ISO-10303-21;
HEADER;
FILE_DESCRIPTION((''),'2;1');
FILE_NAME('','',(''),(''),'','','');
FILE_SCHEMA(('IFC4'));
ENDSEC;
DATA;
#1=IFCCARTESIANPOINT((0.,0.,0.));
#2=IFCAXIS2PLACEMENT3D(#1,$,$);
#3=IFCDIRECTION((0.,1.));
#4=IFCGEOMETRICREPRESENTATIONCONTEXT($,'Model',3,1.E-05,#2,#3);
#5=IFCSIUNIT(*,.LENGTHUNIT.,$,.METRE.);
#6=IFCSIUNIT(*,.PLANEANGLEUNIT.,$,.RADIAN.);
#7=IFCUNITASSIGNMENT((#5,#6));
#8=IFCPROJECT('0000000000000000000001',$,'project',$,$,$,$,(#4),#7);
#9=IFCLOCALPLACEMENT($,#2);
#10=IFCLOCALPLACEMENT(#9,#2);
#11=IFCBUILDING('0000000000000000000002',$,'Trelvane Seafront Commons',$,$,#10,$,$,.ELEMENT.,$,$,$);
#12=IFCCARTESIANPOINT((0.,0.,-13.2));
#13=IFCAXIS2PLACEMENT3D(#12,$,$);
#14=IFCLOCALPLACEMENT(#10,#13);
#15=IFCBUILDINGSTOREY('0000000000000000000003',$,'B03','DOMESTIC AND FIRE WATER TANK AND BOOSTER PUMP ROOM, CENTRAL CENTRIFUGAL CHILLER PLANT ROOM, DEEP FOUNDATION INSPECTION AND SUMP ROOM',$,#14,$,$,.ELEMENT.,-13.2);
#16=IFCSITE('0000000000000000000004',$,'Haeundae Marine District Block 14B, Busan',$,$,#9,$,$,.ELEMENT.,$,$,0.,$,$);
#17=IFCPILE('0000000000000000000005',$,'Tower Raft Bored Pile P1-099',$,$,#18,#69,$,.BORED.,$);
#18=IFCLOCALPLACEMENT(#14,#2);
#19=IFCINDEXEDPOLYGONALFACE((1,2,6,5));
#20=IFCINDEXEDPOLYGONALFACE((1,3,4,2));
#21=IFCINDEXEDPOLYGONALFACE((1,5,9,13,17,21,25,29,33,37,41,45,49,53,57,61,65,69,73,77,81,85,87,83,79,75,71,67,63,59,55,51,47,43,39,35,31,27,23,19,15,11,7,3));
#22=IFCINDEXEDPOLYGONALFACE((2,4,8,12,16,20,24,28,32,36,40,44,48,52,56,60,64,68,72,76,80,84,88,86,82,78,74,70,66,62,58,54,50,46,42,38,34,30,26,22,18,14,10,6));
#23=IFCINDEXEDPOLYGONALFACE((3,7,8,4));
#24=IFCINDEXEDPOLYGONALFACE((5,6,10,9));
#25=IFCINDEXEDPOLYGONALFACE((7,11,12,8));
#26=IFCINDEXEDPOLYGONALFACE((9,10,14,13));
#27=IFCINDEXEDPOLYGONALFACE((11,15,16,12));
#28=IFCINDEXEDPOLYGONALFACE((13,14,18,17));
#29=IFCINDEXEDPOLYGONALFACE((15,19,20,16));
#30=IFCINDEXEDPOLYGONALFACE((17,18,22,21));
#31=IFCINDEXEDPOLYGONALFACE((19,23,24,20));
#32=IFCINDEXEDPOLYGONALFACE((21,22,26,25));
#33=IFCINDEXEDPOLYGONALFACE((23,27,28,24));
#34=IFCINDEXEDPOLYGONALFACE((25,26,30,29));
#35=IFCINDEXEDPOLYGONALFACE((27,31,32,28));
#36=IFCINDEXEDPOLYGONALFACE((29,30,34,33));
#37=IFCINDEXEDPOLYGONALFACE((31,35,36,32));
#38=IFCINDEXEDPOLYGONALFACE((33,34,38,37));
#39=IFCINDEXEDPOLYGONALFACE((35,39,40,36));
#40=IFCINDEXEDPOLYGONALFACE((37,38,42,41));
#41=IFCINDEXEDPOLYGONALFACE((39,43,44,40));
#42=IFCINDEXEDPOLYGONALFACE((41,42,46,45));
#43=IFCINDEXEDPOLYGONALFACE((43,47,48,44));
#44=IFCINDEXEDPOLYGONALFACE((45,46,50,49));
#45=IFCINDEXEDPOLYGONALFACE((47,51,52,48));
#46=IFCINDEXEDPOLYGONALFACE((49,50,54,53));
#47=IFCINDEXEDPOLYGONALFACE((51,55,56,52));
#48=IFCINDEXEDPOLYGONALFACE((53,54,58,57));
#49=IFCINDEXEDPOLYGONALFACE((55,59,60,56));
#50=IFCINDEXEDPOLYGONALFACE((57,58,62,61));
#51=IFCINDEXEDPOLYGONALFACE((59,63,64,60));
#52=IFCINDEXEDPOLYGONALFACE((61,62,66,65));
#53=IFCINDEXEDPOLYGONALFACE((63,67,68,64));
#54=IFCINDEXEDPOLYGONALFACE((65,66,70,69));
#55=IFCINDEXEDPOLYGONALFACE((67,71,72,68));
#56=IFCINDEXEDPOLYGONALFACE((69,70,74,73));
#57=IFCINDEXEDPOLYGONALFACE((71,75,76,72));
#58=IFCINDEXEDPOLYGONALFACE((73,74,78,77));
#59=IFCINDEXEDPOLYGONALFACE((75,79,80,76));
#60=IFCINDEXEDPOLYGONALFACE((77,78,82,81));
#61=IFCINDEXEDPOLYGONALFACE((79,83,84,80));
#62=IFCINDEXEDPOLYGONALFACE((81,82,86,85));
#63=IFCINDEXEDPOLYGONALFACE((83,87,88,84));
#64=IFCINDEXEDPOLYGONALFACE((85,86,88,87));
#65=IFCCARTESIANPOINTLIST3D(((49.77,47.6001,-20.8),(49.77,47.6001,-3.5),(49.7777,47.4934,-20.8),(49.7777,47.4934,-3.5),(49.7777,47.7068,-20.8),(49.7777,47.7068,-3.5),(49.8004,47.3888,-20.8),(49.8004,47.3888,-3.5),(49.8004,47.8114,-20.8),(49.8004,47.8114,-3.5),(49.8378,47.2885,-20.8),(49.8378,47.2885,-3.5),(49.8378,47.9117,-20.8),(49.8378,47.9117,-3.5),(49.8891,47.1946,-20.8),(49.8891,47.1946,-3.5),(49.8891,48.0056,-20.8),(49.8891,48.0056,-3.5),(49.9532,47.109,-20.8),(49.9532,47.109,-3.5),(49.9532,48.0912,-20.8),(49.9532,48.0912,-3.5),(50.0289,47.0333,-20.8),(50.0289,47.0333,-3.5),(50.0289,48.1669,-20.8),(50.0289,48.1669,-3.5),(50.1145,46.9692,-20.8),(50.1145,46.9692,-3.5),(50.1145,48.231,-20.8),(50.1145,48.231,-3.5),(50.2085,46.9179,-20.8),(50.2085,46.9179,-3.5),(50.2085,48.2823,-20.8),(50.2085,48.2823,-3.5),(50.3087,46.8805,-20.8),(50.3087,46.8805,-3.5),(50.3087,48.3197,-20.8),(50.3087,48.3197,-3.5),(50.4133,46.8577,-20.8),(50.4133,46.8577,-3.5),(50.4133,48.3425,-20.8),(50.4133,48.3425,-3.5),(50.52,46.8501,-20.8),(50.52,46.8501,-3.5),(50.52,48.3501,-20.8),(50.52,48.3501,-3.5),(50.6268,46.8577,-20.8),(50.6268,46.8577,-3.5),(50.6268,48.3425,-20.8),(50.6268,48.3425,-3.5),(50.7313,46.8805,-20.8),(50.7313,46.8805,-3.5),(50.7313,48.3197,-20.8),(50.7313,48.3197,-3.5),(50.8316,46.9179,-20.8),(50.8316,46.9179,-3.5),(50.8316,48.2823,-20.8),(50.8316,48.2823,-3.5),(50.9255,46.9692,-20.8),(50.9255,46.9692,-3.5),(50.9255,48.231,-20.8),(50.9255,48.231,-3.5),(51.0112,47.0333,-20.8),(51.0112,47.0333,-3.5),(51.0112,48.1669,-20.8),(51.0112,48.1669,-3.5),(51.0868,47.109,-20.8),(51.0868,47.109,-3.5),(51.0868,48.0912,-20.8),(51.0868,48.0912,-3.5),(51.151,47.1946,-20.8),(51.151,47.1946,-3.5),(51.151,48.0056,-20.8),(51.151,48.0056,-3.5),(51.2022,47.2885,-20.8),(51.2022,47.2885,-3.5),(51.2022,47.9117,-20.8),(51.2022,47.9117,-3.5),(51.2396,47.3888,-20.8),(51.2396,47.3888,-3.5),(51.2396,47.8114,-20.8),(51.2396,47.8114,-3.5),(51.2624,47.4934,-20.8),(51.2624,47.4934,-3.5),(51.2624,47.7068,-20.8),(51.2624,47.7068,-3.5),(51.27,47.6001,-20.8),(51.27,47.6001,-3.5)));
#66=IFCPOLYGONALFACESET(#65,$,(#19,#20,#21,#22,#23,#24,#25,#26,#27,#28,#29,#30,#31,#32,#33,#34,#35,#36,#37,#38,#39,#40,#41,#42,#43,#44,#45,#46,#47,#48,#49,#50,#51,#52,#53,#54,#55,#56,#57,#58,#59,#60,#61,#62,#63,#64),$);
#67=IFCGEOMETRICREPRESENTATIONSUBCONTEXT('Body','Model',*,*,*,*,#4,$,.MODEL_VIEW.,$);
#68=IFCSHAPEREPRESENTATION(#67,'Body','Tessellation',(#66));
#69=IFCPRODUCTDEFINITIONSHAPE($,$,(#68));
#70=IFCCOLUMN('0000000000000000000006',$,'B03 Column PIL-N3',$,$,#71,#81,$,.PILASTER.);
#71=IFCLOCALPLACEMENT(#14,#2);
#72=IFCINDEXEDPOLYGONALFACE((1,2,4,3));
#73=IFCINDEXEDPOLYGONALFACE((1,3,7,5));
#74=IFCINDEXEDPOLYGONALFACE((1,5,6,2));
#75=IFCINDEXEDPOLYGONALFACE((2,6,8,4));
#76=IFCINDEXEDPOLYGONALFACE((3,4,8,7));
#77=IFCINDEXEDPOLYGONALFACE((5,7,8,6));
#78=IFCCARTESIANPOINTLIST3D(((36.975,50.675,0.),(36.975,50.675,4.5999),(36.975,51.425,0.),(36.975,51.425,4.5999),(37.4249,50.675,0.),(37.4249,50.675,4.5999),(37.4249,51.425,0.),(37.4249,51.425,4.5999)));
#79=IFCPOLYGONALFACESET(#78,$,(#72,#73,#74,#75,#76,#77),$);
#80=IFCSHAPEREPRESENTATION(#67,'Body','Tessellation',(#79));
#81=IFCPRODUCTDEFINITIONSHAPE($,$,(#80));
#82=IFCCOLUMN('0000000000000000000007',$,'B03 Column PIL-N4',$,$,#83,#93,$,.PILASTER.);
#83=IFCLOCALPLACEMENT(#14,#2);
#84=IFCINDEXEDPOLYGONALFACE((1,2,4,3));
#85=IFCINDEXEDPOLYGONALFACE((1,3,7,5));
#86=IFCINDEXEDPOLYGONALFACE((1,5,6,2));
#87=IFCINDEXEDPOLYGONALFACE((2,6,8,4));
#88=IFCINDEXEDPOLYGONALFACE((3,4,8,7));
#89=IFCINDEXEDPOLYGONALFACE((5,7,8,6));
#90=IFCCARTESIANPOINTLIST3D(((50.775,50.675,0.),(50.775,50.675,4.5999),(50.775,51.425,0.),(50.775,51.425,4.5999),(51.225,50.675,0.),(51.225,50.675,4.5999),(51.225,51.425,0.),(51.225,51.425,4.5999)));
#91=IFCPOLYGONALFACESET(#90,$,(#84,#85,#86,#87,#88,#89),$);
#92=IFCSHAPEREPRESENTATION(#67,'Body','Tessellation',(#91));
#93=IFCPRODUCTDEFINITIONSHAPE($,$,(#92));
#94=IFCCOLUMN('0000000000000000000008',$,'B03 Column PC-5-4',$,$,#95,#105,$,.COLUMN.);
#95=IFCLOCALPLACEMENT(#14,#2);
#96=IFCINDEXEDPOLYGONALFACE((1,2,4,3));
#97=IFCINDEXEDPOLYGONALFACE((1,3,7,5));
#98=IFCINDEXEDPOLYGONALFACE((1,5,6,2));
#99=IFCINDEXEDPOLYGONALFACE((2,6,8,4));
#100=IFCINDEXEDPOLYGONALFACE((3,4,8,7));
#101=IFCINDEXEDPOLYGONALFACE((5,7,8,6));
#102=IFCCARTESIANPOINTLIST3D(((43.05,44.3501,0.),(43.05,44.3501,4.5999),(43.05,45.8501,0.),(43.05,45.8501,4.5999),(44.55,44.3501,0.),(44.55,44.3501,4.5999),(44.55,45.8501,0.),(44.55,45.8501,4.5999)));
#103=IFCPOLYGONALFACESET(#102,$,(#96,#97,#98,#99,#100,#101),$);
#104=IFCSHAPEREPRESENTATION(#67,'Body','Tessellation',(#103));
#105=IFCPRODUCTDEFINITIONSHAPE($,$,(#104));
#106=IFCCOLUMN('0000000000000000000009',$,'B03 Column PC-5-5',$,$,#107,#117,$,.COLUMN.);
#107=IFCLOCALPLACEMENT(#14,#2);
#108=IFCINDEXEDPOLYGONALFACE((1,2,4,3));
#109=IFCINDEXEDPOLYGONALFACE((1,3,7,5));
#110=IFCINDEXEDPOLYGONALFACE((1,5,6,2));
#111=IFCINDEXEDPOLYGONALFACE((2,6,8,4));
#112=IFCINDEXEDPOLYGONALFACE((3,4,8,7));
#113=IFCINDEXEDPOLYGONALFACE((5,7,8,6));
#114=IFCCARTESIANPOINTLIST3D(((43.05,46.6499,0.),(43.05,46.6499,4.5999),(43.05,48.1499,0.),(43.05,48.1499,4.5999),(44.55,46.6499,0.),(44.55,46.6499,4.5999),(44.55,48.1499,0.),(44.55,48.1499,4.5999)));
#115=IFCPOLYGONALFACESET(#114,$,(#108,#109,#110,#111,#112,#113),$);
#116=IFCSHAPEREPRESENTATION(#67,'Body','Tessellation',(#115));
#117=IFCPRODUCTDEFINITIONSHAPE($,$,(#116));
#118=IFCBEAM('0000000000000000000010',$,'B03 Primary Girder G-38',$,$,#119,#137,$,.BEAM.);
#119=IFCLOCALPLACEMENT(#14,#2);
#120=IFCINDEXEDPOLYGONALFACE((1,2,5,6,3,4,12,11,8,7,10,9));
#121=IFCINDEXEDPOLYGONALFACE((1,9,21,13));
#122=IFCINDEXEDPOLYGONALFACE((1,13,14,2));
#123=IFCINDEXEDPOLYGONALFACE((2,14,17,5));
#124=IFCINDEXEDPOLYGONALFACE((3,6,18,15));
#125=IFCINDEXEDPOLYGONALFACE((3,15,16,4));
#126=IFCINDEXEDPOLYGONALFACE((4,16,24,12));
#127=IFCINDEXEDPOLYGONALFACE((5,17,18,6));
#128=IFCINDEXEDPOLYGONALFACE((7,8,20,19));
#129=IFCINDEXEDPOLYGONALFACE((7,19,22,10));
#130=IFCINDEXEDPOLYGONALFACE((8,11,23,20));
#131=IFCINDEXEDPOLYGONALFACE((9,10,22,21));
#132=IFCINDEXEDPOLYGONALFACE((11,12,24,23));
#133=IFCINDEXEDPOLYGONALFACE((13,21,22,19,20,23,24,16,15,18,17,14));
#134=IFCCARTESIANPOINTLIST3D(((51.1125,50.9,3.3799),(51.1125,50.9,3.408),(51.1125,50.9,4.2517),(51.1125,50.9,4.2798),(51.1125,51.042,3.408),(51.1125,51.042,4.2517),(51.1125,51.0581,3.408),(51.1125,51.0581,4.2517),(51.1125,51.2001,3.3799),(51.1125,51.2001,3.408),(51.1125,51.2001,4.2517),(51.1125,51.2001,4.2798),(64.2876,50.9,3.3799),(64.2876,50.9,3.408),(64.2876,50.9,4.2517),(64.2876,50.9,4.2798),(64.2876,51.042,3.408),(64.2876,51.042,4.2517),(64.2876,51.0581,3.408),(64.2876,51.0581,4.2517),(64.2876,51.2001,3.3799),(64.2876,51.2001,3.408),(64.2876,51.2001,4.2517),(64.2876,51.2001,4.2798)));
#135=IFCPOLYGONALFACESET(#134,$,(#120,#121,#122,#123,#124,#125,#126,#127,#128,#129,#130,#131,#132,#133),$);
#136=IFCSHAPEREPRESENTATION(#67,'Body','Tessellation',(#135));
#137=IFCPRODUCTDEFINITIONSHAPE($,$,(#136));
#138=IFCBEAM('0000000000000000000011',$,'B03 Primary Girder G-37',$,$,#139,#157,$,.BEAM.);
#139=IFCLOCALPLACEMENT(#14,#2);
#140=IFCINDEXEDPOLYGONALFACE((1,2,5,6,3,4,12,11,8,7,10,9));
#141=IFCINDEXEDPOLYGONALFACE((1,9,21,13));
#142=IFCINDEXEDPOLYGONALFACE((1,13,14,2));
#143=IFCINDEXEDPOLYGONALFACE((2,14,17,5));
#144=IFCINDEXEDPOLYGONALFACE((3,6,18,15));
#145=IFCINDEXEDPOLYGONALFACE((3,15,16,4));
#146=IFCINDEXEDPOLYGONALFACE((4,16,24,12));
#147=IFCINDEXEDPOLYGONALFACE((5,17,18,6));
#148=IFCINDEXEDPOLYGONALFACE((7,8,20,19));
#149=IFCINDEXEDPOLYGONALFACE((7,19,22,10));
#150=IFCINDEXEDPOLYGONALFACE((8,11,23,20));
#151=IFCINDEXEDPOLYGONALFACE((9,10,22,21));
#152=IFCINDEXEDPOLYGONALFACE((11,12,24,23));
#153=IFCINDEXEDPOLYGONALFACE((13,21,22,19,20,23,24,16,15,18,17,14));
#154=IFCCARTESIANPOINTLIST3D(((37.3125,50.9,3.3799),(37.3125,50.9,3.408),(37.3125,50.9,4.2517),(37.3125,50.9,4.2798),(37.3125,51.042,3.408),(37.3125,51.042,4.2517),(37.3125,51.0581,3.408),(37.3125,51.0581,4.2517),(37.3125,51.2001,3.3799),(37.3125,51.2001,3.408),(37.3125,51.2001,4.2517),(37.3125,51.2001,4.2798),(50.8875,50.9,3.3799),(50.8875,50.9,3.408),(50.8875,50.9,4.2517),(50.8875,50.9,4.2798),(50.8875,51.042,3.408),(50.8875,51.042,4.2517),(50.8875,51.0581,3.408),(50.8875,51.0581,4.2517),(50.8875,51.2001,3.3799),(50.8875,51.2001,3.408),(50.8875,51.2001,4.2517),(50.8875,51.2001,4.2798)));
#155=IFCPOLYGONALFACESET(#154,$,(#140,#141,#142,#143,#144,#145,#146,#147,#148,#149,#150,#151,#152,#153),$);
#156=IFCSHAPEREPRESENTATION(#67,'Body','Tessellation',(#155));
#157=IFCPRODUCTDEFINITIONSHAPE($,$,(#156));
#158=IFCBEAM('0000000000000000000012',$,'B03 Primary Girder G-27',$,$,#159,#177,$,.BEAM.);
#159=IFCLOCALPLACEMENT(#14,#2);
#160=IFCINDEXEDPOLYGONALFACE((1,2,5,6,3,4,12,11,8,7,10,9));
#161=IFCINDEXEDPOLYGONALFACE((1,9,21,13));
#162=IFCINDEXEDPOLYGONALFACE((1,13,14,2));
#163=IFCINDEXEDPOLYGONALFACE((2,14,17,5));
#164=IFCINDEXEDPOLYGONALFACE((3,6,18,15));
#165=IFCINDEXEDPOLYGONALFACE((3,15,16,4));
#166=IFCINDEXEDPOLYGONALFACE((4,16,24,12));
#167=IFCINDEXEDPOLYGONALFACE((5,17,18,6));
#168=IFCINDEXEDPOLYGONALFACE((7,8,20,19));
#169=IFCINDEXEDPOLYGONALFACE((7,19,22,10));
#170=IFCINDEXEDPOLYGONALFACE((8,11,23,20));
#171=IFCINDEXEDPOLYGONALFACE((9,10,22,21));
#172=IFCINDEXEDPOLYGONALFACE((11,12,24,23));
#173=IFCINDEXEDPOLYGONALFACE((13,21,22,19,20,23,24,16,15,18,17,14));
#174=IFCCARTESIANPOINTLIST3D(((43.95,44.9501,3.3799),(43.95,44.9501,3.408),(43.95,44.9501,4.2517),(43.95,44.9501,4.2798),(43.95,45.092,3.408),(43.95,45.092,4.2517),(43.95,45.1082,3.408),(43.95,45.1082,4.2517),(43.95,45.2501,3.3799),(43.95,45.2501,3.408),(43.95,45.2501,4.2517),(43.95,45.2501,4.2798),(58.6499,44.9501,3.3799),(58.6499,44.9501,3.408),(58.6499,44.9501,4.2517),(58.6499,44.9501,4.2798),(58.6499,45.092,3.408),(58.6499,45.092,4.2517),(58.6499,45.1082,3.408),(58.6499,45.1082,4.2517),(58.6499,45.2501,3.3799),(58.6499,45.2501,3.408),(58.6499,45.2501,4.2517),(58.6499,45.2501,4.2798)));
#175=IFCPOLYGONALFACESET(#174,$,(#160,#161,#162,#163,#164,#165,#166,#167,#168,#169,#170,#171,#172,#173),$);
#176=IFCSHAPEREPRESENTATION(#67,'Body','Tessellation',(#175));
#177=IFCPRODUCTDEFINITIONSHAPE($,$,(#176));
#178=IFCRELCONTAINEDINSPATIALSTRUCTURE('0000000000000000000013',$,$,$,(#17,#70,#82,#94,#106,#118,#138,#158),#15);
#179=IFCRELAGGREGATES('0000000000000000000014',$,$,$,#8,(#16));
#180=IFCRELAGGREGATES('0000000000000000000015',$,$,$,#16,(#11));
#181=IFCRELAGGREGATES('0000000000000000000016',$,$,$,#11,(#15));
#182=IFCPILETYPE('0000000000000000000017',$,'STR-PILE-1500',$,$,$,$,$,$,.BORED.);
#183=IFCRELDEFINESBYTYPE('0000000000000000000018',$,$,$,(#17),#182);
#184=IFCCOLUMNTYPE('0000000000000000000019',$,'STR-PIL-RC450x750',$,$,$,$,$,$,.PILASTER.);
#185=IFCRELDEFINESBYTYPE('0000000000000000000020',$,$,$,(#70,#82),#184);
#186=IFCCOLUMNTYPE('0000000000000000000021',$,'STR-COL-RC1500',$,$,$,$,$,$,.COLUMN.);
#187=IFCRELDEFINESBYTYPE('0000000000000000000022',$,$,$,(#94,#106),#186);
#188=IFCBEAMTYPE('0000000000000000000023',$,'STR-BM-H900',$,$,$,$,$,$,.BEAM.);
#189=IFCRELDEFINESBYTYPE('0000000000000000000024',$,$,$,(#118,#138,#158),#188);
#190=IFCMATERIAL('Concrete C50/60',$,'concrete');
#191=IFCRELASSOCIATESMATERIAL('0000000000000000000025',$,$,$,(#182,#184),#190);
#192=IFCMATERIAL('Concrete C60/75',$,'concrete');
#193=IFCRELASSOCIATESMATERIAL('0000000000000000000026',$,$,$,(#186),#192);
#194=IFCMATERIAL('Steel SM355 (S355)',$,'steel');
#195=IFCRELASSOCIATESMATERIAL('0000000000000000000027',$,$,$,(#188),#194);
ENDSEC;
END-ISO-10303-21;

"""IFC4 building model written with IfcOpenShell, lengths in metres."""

from ifc_helpers import new_model, si_unit, direction, frame, origin, origin_2d, place, context, subcontext, project, spatial, rectangle, circle, i_section, extrude, source, transform, mapped, material, material_profile, profile_set, type_object, element, save


model = new_model("IFC4")

# Units and contexts
model_context = context("Model", 3, precision=1e-05, world=origin(), true_north=direction((0.0, 1.0)))
body_context = subcontext(model_context, "Body", "Model", "MODEL_VIEW")
ifc_project = project(units=[si_unit("LENGTHUNIT", "METRE"), si_unit("PLANEANGLEUNIT", "RADIAN")], contexts=[model_context])

# Site, building, storey
site_placement = place(None, origin())
site = spatial("IfcSite", under=ifc_project, at=site_placement, Name="Haeundae Marine District Block 14B, Busan", CompositionType="ELEMENT", RefElevation=0.0)
building_placement = place(site_placement, origin())
building = spatial("IfcBuilding", under=site, at=building_placement, Name="Trelvane Seafront Commons", CompositionType="ELEMENT")
storey_placement = place(building_placement, frame((0.0, 0.0, -13.2)))
storey = spatial("IfcBuildingStorey", under=building, at=storey_placement, Name="B03", Description="DOMESTIC AND FIRE WATER TANK AND BOOSTER PUMP ROOM, CENTRAL CENTRIFUGAL CHILLER PLANT ROOM, DEEP FOUNDATION INSPECTION AND SUMP ROOM", CompositionType="ELEMENT", Elevation=-13.2)

# Pile
ifc_material_1 = material(Name="Concrete C50/60", Category="concrete")
ifc_material_profile_1 = material_profile(ifc_material_1, circle(Radius=0.75, at=origin_2d()), Name="PILE-1500")
ifc_profile_set_1 = profile_set([ifc_material_profile_1], Name="Concrete C50/60")
pile_type = type_object("IfcPileType", Name="STR-PILE-1500", PredefinedType="BORED", material=ifc_profile_set_1)
shared_shape_1 = source(origin(), body_context, "Body", "SweptSolid", [
    extrude(circle(Radius=0.75, at=origin_2d()), origin(), (0.0, 0.0, 1.0), 17.3),
])
for number, where, z_axis, x_axis, name in (
    (1, (50.52, 47.6001, -3.5), (0.0, 0.0, -1.0), (1.0, 0.0, 0.0), "Tower Raft Bored Pile P1-099"),
):
    element("IfcPile", number, at=place(storey_placement, frame(where, z_axis=z_axis, x_axis=x_axis)), inside=storey, type_object=pile_type, Name=name, PredefinedType="BORED", context=body_context, shape_type="MappedRepresentation", body=[
        mapped(shared_shape_1, transform((0.0, 0.0, 0.0), x_axis=(1.0, 0.0, 0.0), y_axis=(0.0, 1.0, 0.0), z_axis=(0.0, 0.0, 1.0), scale=1.0)),
    ])

# Columns
ifc_material_profile_2 = material_profile(ifc_material_1, rectangle(XDim=0.45, YDim=0.75, at=origin_2d()), Name="RC-450x750")
ifc_profile_set_2 = profile_set([ifc_material_profile_2], Name="Concrete C50/60")
column_type_1 = type_object("IfcColumnType", Name="STR-PIL-RC450x750", PredefinedType="PILASTER", material=ifc_profile_set_2)
shared_shape_2 = source(origin(), body_context, "Body", "SweptSolid", [
    extrude(rectangle(XDim=0.45, YDim=0.75, at=origin_2d()), origin(), (0.0, 0.0, 1.0), 4.5999),
])
for number, where, z_axis, x_axis, name in (
    (2, (37.2, 51.05, 0.0), (0.0, 0.0, 1.0), (1.0, 0.0, 0.0), "B03 Column PIL-N3"),
    (3, (51.0, 51.05, 0.0), (0.0, 0.0, 1.0), (1.0, 0.0, 0.0), "B03 Column PIL-N4"),
):
    element("IfcColumn", number, at=place(storey_placement, frame(where, z_axis=z_axis, x_axis=x_axis)), inside=storey, type_object=column_type_1, Name=name, PredefinedType="PILASTER", context=body_context, shape_type="MappedRepresentation", body=[
        mapped(shared_shape_2, transform((0.0, 0.0, 0.0), x_axis=(1.0, 0.0, 0.0), y_axis=(0.0, 1.0, 0.0), z_axis=(0.0, 0.0, 1.0), scale=1.0)),
    ])
ifc_material_2 = material(Name="Concrete C60/75", Category="concrete")
ifc_material_profile_3 = material_profile(ifc_material_2, rectangle(XDim=1.5, YDim=1.5, at=origin_2d()), Name="RC-1500x1500")
ifc_profile_set_3 = profile_set([ifc_material_profile_3], Name="Concrete C60/75")
column_type_2 = type_object("IfcColumnType", Name="STR-COL-RC1500", PredefinedType="COLUMN", material=ifc_profile_set_3)
shared_shape_3 = source(origin(), body_context, "Body", "SweptSolid", [
    extrude(rectangle(XDim=1.5, YDim=1.5, at=origin_2d()), origin(), (0.0, 0.0, 1.0), 4.5999),
])
for number, where, z_axis, x_axis, name in (
    (4, (43.8, 45.1001, 0.0), (0.0, 0.0, 1.0), (1.0, 0.0, 0.0), "B03 Column PC-5-4"),
    (5, (43.8, 47.3999, 0.0), (0.0, 0.0, 1.0), (1.0, 0.0, 0.0), "B03 Column PC-5-5"),
):
    element("IfcColumn", number, at=place(storey_placement, frame(where, z_axis=z_axis, x_axis=x_axis)), inside=storey, type_object=column_type_2, Name=name, PredefinedType="COLUMN", context=body_context, shape_type="MappedRepresentation", body=[
        mapped(shared_shape_3, transform((0.0, 0.0, 0.0), x_axis=(1.0, 0.0, 0.0), y_axis=(0.0, 1.0, 0.0), z_axis=(0.0, 0.0, 1.0), scale=1.0)),
    ])

# Beams
ifc_material_3 = material(Name="Steel SM355 (S355)", Category="steel")
ifc_material_profile_4 = material_profile(ifc_material_3, i_section(OverallWidth=0.3, OverallDepth=0.8999, WebThickness=0.0161, FlangeThickness=0.0281, at=origin_2d()), Name="H-900x300x16x28")
ifc_profile_set_4 = profile_set([ifc_material_profile_4], Name="Steel SM355 (S355)")
beam_type_1 = type_object("IfcBeamType", Name="STR-BM-H900", PredefinedType="BEAM", material=ifc_profile_set_4)
shared_shape_4 = source(origin(), body_context, "Body", "SweptSolid", [
    extrude(i_section(OverallWidth=0.3, OverallDepth=0.8999, WebThickness=0.0161, FlangeThickness=0.0281, at=origin_2d()), origin(), (0.0, 0.0, 1.0), 13.175),
])
beam_1_placement = place(storey_placement, frame((51.1125, 51.05, 3.8298), z_axis=(1.0, 0.0, 0.0), x_axis=(0.0, 1.0, 0.0)))
element("IfcBeam", 6, at=beam_1_placement, inside=storey, type_object=beam_type_1, Name="B03 Primary Girder G-38", PredefinedType="BEAM", context=body_context, shape_type="MappedRepresentation", body=[
    mapped(shared_shape_4, transform((0.0, 0.0, 0.0), x_axis=(1.0, 0.0, 0.0), y_axis=(0.0, 1.0, 0.0), z_axis=(0.0, 0.0, 1.0), scale=1.0)),
])
shared_shape_5 = source(origin(), body_context, "Body", "SweptSolid", [
    extrude(i_section(OverallWidth=0.3, OverallDepth=0.8999, WebThickness=0.0161, FlangeThickness=0.0281, at=origin_2d()), origin(), (0.0, 0.0, 1.0), 13.575),
])
beam_2_placement = place(storey_placement, frame((37.3125, 51.05, 3.8298), z_axis=(1.0, 0.0, 0.0), x_axis=(0.0, 1.0, 0.0)))
element("IfcBeam", 7, at=beam_2_placement, inside=storey, type_object=beam_type_1, Name="B03 Primary Girder G-37", PredefinedType="BEAM", context=body_context, shape_type="MappedRepresentation", body=[
    mapped(shared_shape_5, transform((0.0, 0.0, 0.0), x_axis=(1.0, 0.0, 0.0), y_axis=(0.0, 1.0, 0.0), z_axis=(0.0, 0.0, 1.0), scale=1.0)),
])
shared_shape_6 = source(origin(), body_context, "Body", "SweptSolid", [
    extrude(i_section(OverallWidth=0.3, OverallDepth=0.8999, WebThickness=0.0161, FlangeThickness=0.0281, at=origin_2d()), origin(), (0.0, 0.0, 1.0), 14.7),
])
for number, where, z_axis, x_axis, name in (
    (8, (43.95, 45.1001, 3.8298), (1.0, 0.0, 0.0), (0.0, 1.0, 0.0), "B03 Primary Girder G-27"),
):
    element("IfcBeam", number, at=place(storey_placement, frame(where, z_axis=z_axis, x_axis=x_axis)), inside=storey, type_object=beam_type_1, Name=name, PredefinedType="BEAM", context=body_context, shape_type="MappedRepresentation", body=[
        mapped(shared_shape_6, transform((0.0, 0.0, 0.0), x_axis=(1.0, 0.0, 0.0), y_axis=(0.0, 1.0, 0.0), z_axis=(0.0, 0.0, 1.0), scale=1.0)),
    ])

save(model, "model.ifc")
